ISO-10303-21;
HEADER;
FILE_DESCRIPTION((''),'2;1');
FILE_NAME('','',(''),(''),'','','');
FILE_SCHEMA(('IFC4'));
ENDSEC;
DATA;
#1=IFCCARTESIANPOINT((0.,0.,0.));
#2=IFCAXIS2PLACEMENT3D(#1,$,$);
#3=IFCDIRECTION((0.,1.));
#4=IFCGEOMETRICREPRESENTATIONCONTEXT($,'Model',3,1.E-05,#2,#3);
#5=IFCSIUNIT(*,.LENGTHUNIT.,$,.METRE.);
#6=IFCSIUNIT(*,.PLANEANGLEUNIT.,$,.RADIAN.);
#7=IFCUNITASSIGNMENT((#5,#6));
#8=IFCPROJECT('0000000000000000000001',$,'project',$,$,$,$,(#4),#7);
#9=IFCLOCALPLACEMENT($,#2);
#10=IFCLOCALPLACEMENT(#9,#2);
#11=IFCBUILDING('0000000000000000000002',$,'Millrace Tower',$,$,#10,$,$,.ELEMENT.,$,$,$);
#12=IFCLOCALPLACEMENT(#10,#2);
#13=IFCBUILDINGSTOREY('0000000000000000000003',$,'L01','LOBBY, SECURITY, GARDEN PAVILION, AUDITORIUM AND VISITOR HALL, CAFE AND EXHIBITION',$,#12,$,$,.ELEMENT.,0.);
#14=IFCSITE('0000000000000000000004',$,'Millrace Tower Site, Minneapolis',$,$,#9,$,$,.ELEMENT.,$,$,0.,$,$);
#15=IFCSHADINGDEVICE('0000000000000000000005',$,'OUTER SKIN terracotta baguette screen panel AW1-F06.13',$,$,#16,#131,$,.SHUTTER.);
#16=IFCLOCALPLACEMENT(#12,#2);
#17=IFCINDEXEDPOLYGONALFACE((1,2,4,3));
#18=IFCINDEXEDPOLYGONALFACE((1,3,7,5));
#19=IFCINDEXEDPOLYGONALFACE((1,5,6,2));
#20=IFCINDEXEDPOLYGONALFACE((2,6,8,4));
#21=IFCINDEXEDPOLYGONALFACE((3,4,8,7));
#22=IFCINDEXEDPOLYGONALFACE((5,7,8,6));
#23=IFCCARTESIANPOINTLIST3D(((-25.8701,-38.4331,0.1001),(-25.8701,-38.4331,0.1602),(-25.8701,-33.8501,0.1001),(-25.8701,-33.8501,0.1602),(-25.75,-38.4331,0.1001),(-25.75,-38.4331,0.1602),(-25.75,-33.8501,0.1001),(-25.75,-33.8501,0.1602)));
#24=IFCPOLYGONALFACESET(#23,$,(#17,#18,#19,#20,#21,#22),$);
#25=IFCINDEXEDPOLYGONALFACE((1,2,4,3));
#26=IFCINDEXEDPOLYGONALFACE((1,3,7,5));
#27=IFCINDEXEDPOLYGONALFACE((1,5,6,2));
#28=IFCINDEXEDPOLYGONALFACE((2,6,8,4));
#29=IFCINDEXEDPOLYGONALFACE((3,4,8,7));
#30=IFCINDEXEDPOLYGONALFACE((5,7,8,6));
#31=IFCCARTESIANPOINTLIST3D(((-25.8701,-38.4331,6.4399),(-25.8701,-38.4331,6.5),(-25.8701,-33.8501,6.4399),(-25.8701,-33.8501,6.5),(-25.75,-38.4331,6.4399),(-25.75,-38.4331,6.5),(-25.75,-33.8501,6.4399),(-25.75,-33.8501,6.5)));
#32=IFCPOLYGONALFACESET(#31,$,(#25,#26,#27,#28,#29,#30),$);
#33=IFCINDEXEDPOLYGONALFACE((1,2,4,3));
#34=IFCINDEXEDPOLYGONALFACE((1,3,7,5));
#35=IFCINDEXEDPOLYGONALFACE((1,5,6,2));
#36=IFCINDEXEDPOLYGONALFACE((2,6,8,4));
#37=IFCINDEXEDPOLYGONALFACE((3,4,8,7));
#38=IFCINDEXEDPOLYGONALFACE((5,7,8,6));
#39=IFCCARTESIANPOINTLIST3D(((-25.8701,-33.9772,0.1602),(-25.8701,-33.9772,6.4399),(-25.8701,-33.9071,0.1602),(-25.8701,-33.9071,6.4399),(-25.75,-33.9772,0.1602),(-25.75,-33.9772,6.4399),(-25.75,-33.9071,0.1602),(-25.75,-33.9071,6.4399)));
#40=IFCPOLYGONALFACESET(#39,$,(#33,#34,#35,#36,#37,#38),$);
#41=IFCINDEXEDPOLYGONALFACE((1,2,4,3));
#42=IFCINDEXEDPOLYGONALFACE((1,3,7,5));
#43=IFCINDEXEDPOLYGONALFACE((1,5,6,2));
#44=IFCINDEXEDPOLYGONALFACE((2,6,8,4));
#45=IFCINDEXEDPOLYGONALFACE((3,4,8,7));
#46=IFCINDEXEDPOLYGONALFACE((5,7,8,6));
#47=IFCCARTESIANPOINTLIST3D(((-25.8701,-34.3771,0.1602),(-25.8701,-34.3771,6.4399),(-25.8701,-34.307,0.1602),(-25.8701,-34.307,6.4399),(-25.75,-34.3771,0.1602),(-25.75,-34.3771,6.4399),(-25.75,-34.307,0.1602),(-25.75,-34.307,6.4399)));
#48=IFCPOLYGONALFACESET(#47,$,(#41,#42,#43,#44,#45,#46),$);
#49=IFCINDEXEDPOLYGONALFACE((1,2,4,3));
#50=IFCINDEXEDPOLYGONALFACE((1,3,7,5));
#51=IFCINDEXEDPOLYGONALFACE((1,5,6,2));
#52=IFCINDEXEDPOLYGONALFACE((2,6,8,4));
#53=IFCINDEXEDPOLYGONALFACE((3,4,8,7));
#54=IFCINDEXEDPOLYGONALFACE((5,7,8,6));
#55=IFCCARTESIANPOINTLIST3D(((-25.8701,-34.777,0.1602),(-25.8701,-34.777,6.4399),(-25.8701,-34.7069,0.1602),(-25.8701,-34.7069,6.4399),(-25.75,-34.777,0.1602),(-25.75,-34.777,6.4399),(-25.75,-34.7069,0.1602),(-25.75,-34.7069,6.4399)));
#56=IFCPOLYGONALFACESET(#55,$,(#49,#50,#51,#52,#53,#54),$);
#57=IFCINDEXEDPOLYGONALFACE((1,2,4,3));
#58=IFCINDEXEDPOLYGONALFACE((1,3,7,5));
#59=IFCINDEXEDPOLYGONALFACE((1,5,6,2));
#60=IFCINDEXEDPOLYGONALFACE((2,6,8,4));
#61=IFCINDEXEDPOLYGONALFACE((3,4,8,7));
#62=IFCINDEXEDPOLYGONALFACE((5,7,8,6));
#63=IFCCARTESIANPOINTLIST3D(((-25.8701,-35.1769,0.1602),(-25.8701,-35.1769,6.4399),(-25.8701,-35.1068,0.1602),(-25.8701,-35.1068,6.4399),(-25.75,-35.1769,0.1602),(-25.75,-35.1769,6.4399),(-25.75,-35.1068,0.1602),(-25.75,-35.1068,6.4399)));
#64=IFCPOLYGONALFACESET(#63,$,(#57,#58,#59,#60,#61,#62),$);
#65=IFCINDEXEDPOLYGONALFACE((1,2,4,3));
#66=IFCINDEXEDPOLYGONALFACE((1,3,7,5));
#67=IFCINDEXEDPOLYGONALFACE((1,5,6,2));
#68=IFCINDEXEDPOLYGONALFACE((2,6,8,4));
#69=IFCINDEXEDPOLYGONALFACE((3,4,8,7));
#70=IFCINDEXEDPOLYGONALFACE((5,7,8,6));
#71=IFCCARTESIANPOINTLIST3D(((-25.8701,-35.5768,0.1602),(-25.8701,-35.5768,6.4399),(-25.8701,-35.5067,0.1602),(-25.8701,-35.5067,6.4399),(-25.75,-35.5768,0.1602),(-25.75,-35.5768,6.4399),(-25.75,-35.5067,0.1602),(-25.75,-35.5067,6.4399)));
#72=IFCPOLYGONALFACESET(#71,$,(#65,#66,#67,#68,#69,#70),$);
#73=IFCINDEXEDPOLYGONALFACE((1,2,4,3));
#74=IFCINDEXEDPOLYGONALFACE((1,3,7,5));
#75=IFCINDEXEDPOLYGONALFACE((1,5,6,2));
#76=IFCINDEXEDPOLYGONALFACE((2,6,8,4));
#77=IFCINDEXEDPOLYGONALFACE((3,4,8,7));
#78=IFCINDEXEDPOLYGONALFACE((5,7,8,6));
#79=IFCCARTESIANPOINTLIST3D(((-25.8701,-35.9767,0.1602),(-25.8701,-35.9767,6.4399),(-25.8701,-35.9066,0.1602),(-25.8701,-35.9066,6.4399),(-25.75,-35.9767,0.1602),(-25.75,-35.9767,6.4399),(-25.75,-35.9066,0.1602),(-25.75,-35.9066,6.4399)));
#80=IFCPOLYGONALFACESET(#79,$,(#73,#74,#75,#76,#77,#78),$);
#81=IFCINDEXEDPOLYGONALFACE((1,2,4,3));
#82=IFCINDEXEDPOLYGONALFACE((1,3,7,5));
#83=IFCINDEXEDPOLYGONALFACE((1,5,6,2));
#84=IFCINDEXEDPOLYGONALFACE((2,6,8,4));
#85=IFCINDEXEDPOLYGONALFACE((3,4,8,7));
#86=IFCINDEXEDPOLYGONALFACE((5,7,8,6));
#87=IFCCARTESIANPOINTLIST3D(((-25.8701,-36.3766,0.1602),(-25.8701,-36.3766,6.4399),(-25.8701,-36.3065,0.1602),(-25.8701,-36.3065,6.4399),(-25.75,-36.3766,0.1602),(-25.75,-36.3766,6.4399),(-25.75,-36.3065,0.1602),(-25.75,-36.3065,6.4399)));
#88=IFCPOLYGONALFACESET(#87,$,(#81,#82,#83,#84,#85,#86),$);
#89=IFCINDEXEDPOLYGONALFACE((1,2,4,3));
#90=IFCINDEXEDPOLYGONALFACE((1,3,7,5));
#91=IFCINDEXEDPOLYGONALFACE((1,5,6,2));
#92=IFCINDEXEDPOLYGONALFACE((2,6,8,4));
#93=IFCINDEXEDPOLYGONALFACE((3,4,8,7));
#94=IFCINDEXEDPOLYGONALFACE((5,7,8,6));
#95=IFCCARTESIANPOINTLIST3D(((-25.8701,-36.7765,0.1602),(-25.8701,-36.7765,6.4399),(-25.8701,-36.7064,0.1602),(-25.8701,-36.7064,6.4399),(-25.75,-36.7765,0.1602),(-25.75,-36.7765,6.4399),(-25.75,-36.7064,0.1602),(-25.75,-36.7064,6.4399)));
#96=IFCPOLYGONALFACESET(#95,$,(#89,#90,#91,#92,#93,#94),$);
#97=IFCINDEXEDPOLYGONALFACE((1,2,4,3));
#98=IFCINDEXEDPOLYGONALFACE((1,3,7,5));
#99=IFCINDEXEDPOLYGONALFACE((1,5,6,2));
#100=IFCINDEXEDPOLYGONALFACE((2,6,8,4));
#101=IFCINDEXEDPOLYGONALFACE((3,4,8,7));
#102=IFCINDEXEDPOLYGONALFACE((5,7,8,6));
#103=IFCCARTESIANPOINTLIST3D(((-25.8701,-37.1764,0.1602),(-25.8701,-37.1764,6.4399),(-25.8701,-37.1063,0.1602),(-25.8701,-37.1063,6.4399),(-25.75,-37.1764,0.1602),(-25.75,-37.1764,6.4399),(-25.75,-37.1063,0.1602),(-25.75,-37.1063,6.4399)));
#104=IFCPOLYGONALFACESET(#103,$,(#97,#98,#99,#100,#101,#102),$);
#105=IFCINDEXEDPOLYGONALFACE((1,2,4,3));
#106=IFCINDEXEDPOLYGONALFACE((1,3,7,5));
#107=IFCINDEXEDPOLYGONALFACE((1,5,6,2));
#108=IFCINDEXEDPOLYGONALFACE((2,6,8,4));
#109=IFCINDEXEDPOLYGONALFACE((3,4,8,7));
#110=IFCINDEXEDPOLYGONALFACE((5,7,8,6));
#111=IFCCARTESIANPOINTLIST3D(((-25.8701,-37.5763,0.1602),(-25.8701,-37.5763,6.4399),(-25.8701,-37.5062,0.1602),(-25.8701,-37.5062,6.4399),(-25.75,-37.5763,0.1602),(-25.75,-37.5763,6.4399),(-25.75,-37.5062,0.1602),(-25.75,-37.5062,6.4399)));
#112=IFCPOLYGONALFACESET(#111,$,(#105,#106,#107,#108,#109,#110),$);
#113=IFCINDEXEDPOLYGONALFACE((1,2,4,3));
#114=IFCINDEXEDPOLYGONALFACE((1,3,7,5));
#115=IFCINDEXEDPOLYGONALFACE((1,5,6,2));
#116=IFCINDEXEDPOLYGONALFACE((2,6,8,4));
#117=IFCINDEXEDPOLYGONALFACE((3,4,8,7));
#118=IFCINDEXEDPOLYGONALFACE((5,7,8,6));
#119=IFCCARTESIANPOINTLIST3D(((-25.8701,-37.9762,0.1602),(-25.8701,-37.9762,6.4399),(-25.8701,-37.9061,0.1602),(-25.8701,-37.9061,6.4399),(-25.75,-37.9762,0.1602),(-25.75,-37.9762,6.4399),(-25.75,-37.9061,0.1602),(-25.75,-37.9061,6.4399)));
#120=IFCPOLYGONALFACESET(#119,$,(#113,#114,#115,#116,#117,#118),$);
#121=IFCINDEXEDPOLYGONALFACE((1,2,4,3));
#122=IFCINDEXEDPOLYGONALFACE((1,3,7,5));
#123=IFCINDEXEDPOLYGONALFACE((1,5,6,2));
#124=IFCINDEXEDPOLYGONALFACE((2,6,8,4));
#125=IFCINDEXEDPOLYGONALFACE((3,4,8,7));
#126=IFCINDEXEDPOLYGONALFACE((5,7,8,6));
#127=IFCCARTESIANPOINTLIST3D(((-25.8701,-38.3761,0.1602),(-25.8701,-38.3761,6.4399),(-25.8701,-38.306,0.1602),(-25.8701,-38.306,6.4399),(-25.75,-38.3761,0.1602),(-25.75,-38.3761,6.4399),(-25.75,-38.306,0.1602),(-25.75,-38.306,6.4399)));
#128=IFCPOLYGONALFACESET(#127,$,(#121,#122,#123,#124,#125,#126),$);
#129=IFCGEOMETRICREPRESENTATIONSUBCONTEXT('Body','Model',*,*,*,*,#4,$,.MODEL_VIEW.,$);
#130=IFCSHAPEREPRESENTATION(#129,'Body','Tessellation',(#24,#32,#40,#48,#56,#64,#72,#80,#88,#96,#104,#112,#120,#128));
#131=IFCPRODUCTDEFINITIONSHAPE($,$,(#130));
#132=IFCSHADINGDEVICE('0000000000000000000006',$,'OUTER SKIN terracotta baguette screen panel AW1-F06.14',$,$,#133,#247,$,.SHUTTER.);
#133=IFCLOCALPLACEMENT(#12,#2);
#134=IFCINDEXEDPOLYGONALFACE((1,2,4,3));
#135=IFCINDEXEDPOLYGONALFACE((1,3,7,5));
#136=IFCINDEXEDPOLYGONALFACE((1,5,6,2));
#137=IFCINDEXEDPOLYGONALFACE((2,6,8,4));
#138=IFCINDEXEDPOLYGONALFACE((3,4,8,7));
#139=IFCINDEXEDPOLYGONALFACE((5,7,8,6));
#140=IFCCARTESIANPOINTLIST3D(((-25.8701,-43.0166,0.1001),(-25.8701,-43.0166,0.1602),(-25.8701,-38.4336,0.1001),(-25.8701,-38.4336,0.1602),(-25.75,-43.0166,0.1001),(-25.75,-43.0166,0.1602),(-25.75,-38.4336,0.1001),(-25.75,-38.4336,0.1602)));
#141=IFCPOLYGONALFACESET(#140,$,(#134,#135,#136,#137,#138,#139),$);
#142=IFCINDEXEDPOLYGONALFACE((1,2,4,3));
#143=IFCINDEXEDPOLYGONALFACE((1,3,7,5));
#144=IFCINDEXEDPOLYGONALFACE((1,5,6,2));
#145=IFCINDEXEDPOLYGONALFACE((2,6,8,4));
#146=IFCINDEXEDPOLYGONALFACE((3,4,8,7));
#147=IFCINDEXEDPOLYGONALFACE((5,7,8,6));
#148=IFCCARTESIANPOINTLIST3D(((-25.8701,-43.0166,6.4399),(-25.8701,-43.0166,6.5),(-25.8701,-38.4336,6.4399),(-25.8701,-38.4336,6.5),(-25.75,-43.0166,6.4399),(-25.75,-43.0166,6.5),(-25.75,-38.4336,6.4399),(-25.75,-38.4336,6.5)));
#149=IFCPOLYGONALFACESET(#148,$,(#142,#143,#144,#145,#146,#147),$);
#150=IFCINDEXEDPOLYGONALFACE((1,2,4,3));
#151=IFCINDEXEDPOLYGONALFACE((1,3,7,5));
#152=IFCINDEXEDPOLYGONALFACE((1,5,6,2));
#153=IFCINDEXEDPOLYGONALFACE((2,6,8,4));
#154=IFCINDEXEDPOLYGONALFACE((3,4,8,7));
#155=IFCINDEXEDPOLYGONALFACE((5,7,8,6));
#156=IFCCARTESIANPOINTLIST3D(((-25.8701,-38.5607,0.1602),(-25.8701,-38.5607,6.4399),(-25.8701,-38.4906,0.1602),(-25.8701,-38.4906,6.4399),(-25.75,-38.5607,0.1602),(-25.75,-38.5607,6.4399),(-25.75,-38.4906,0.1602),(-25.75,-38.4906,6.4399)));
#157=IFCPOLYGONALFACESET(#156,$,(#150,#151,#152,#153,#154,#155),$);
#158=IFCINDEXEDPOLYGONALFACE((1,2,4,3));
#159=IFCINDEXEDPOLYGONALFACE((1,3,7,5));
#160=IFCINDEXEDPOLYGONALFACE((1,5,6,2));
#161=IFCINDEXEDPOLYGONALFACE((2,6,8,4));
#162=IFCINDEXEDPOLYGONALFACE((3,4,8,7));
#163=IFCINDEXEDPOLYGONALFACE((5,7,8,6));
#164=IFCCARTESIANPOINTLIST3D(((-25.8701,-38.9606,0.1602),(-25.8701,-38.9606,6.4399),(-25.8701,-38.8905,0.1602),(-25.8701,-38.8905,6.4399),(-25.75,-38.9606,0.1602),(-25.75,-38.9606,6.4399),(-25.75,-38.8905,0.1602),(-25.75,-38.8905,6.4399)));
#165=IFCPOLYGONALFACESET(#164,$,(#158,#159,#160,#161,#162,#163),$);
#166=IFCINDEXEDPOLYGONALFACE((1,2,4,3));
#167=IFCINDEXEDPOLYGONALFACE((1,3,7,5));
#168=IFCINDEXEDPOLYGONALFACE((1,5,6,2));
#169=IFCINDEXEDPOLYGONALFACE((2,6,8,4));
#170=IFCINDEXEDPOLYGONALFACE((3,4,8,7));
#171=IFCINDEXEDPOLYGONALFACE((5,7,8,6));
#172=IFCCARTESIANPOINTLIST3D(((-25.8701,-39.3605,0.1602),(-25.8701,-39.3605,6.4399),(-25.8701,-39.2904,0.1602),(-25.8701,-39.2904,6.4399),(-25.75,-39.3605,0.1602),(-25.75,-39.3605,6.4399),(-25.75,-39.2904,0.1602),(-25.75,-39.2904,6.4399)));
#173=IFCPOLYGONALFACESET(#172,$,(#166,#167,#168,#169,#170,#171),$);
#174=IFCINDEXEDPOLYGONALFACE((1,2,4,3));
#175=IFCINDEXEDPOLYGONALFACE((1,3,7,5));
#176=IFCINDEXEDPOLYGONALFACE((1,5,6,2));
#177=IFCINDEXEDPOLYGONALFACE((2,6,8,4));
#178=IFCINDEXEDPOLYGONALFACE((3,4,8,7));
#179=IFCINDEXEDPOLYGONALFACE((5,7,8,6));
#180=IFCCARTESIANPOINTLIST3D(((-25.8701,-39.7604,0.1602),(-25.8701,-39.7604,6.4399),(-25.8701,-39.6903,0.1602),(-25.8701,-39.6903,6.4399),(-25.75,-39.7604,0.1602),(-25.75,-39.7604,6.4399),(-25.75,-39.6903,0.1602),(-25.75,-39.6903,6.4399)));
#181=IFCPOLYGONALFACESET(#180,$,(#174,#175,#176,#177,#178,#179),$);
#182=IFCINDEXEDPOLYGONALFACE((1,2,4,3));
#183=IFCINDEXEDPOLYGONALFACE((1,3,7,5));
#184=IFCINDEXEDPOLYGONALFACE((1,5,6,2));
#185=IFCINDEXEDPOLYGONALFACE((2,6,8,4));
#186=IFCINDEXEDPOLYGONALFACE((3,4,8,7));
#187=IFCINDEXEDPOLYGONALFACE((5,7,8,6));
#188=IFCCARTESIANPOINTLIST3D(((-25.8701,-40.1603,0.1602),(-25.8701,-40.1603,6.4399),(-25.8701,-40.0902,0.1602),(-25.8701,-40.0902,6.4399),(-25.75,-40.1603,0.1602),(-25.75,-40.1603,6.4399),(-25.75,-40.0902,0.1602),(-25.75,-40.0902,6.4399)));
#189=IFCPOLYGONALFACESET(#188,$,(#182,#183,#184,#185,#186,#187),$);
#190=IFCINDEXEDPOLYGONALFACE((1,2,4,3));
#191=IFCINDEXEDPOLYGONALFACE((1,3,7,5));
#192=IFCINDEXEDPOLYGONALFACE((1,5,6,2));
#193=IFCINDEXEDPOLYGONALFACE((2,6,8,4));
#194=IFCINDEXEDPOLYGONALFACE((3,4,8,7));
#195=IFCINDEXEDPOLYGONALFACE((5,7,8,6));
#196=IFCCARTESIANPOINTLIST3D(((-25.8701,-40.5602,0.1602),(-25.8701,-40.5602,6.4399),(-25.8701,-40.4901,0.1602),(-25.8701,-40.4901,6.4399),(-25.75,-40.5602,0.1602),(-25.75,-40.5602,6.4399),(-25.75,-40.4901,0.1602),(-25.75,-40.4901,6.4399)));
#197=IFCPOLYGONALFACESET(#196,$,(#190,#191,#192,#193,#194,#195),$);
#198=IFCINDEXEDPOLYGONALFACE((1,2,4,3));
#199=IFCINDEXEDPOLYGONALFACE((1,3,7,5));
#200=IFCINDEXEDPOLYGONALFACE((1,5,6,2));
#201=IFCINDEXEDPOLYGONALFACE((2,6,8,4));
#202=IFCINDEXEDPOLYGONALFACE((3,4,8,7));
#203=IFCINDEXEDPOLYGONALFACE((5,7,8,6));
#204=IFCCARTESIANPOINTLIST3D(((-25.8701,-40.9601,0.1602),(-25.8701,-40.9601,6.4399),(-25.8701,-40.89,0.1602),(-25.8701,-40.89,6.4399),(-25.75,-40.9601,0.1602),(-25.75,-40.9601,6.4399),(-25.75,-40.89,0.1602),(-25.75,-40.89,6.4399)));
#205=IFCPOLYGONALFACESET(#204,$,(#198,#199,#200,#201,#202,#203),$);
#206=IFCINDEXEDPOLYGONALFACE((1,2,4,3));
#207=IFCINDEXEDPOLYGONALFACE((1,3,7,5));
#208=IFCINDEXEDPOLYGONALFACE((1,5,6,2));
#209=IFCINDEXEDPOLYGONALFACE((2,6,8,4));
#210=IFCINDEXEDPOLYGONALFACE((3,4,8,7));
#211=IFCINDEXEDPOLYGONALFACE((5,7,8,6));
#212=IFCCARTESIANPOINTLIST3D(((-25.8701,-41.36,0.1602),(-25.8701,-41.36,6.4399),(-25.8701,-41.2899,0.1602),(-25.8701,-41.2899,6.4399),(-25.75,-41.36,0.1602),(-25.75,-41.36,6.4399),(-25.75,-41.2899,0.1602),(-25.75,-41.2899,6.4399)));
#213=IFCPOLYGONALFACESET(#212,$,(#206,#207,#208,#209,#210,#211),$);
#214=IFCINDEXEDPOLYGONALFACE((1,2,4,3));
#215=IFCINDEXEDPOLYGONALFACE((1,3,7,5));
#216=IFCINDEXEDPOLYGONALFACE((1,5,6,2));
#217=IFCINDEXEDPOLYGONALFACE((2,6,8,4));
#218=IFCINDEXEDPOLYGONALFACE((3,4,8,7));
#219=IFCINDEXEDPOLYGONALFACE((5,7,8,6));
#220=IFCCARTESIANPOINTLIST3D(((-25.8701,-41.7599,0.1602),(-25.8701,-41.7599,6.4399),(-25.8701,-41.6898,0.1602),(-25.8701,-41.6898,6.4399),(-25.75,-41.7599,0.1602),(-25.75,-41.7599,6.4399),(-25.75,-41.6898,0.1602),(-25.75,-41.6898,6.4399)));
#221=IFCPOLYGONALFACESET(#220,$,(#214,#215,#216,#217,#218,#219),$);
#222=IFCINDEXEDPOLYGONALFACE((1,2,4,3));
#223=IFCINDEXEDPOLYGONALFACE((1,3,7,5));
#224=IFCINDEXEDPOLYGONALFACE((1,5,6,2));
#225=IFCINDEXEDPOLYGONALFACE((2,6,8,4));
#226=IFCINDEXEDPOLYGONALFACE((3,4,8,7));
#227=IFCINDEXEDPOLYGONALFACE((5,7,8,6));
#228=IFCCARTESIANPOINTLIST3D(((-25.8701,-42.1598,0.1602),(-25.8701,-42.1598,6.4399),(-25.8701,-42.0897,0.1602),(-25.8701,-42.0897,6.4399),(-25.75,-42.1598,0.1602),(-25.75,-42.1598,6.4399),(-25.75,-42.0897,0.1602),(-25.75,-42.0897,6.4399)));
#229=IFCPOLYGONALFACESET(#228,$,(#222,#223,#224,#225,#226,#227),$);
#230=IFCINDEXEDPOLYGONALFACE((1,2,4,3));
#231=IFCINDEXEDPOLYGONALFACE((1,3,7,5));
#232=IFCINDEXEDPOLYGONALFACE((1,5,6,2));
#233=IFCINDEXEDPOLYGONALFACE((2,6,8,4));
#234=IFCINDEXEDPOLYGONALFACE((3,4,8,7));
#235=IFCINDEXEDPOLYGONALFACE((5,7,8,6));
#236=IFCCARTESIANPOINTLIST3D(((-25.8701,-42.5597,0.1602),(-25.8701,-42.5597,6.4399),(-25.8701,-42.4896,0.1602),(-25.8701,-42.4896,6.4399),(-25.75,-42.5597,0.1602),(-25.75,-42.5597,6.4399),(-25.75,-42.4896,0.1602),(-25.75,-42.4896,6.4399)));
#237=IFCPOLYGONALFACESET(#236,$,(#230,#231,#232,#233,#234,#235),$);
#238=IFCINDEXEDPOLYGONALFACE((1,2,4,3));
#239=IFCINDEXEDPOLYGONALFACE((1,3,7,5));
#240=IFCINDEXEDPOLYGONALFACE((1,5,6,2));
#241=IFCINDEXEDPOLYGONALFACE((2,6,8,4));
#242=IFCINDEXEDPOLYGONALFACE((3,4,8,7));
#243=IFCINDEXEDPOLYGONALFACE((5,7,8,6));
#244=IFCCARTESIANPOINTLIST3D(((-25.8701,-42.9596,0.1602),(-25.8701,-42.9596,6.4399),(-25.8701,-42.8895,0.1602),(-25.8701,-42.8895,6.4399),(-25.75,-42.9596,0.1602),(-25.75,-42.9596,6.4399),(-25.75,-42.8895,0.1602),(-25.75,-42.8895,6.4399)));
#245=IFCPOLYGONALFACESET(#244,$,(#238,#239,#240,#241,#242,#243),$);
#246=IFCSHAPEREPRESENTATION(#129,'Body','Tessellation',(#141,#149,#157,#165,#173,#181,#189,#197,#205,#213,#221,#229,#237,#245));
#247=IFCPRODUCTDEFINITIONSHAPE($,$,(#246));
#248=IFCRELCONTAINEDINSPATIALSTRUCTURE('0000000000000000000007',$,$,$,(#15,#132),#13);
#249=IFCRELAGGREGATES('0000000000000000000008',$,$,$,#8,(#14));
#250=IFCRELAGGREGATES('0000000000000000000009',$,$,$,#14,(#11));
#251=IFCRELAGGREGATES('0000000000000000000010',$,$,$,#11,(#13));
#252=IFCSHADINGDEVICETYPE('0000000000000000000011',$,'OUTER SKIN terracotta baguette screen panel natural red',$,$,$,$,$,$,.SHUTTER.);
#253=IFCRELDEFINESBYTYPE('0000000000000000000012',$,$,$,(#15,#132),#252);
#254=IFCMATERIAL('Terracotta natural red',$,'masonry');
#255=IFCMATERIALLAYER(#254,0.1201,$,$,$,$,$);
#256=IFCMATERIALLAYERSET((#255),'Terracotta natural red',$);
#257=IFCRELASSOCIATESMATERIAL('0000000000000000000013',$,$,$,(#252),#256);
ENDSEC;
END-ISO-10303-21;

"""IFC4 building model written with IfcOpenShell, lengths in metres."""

from ifc_helpers import new_model, entity, si_unit, direction, frame, frame_2d, origin, place, context, subcontext, project, spatial, rectangle, extrude, source, transform, mapped, material, layer, layer_set, type_object, element, save


model = new_model("IFC4")

# Units and contexts
model_context = context("Model", 3, precision=1e-05, world=origin(), true_north=direction((0.0, 1.0)))
body_context = subcontext(model_context, "Body", "Model", "MODEL_VIEW")
ifc_project = project(units=[si_unit("LENGTHUNIT", "METRE"), si_unit("PLANEANGLEUNIT", "RADIAN")], contexts=[model_context])

# Site, building, storey
site_placement = place(None, origin())
site = spatial("IfcSite", under=ifc_project, at=site_placement, Name="Millrace Tower Site, Minneapolis", CompositionType="ELEMENT", RefElevation=0.0)
building_placement = place(site_placement, origin())
building = spatial("IfcBuilding", under=site, at=building_placement, Name="Millrace Tower", CompositionType="ELEMENT")
storey_placement = place(building_placement, origin())
storey = spatial("IfcBuildingStorey", under=building, at=storey_placement, Name="L01", Description="LOBBY, SECURITY, GARDEN PAVILION, AUDITORIUM AND VISITOR HALL, CAFE AND EXHIBITION", CompositionType="ELEMENT", Elevation=0.0)

# Shading devices
ifc_material_1 = material(Name="Terracotta natural red", Category="masonry")
ifc_layer_1 = layer(ifc_material_1, 0.1201)
ifc_layer_set_1 = layer_set([ifc_layer_1], Name="Terracotta natural red")
shading_device_type = type_object("IfcShadingDeviceType", Name="OUTER SKIN terracotta baguette screen panel natural red", PredefinedType="SHUTTER", material=ifc_layer_set_1)
cartesian_point_1 = entity("IfcCartesianPoint", [-2.2915, 0.0601])
shared_polyline_1 = entity("IfcPolyline", [cartesian_point_1, entity("IfcCartesianPoint", [2.2915, 0.0601]), entity("IfcCartesianPoint", [2.2915, -0.0601]), entity("IfcCartesianPoint", [-2.2915, -0.0601]), cartesian_point_1])
shared_shape_1 = source(origin(), body_context, "Body", "SweptSolid", [
    entity("IfcExtrudedAreaSolid", entity("IfcArbitraryClosedProfileDef", "AREA", None, shared_polyline_1), entity("IfcAxis2Placement3D", entity("IfcCartesianPoint", [0.0, 0.0, 0.0])), entity("IfcDirection", [0.0, 0.0, 1.0]), 0.0601),
    entity("IfcExtrudedAreaSolid", entity("IfcArbitraryClosedProfileDef", "AREA", None, shared_polyline_1), entity("IfcAxis2Placement3D", entity("IfcCartesianPoint", [0.0, 0.0, 6.3398])), entity("IfcDirection", [0.0, 0.0, 1.0]), 0.0601),
    extrude(rectangle(XDim=0.0701, YDim=0.1201, at=frame_2d((-2.1995, 0.0))), frame((0.0, 0.0, 0.0601)), (0.0, 0.0, 1.0), 6.2798),
    extrude(rectangle(XDim=0.0701, YDim=0.1201, at=frame_2d((-1.7996, 0.0))), frame((0.0, 0.0, 0.0601)), (0.0, 0.0, 1.0), 6.2798),
    extrude(rectangle(XDim=0.0701, YDim=0.1201, at=frame_2d((-1.3997, 0.0))), frame((0.0, 0.0, 0.0601)), (0.0, 0.0, 1.0), 6.2798),
    extrude(rectangle(XDim=0.0701, YDim=0.1201, at=frame_2d((-0.9998, 0.0))), frame((0.0, 0.0, 0.0601)), (0.0, 0.0, 1.0), 6.2798),
    extrude(rectangle(XDim=0.0701, YDim=0.1201, at=frame_2d((-0.5999, 0.0))), frame((0.0, 0.0, 0.0601)), (0.0, 0.0, 1.0), 6.2798),
    extrude(rectangle(XDim=0.0701, YDim=0.1201, at=frame_2d((-0.2, 0.0))), frame((0.0, 0.0, 0.0601)), (0.0, 0.0, 1.0), 6.2798),
    extrude(rectangle(XDim=0.0701, YDim=0.1201, at=frame_2d((0.2, 0.0))), frame((0.0, 0.0, 0.0601)), (0.0, 0.0, 1.0), 6.2798),
    extrude(rectangle(XDim=0.0701, YDim=0.1201, at=frame_2d((0.5999, 0.0))), frame((0.0, 0.0, 0.0601)), (0.0, 0.0, 1.0), 6.2798),
    extrude(rectangle(XDim=0.0701, YDim=0.1201, at=frame_2d((0.9998, 0.0))), frame((0.0, 0.0, 0.0601)), (0.0, 0.0, 1.0), 6.2798),
    extrude(rectangle(XDim=0.0701, YDim=0.1201, at=frame_2d((1.3997, 0.0))), frame((0.0, 0.0, 0.0601)), (0.0, 0.0, 1.0), 6.2798),
    extrude(rectangle(XDim=0.0701, YDim=0.1201, at=frame_2d((1.7996, 0.0))), frame((0.0, 0.0, 0.0601)), (0.0, 0.0, 1.0), 6.2798),
    extrude(rectangle(XDim=0.0701, YDim=0.1201, at=frame_2d((2.1995, 0.0))), frame((0.0, 0.0, 0.0601)), (0.0, 0.0, 1.0), 6.2798),
])
for number, where, z_axis, x_axis, name in (
    (1, (-25.8101, -36.1416, 0.1001), (0.0, 0.0, 1.0), (0.0, -1.0, 0.0), "OUTER SKIN terracotta baguette screen panel AW1-F06.13"),
    (2, (-25.8101, -40.7251, 0.1001), (0.0, 0.0, 1.0), (0.0, -1.0, 0.0), "OUTER SKIN terracotta baguette screen panel AW1-F06.14"),
):
    element("IfcShadingDevice", number, at=place(storey_placement, frame(where, z_axis=z_axis, x_axis=x_axis)), inside=storey, type_object=shading_device_type, Name=name, PredefinedType="SHUTTER", context=body_context, shape_type="MappedRepresentation", body=[
        mapped(shared_shape_1, transform((0.0, 0.0, 0.0), scale=1.0)),
    ])

save(model, "model.ifc")
